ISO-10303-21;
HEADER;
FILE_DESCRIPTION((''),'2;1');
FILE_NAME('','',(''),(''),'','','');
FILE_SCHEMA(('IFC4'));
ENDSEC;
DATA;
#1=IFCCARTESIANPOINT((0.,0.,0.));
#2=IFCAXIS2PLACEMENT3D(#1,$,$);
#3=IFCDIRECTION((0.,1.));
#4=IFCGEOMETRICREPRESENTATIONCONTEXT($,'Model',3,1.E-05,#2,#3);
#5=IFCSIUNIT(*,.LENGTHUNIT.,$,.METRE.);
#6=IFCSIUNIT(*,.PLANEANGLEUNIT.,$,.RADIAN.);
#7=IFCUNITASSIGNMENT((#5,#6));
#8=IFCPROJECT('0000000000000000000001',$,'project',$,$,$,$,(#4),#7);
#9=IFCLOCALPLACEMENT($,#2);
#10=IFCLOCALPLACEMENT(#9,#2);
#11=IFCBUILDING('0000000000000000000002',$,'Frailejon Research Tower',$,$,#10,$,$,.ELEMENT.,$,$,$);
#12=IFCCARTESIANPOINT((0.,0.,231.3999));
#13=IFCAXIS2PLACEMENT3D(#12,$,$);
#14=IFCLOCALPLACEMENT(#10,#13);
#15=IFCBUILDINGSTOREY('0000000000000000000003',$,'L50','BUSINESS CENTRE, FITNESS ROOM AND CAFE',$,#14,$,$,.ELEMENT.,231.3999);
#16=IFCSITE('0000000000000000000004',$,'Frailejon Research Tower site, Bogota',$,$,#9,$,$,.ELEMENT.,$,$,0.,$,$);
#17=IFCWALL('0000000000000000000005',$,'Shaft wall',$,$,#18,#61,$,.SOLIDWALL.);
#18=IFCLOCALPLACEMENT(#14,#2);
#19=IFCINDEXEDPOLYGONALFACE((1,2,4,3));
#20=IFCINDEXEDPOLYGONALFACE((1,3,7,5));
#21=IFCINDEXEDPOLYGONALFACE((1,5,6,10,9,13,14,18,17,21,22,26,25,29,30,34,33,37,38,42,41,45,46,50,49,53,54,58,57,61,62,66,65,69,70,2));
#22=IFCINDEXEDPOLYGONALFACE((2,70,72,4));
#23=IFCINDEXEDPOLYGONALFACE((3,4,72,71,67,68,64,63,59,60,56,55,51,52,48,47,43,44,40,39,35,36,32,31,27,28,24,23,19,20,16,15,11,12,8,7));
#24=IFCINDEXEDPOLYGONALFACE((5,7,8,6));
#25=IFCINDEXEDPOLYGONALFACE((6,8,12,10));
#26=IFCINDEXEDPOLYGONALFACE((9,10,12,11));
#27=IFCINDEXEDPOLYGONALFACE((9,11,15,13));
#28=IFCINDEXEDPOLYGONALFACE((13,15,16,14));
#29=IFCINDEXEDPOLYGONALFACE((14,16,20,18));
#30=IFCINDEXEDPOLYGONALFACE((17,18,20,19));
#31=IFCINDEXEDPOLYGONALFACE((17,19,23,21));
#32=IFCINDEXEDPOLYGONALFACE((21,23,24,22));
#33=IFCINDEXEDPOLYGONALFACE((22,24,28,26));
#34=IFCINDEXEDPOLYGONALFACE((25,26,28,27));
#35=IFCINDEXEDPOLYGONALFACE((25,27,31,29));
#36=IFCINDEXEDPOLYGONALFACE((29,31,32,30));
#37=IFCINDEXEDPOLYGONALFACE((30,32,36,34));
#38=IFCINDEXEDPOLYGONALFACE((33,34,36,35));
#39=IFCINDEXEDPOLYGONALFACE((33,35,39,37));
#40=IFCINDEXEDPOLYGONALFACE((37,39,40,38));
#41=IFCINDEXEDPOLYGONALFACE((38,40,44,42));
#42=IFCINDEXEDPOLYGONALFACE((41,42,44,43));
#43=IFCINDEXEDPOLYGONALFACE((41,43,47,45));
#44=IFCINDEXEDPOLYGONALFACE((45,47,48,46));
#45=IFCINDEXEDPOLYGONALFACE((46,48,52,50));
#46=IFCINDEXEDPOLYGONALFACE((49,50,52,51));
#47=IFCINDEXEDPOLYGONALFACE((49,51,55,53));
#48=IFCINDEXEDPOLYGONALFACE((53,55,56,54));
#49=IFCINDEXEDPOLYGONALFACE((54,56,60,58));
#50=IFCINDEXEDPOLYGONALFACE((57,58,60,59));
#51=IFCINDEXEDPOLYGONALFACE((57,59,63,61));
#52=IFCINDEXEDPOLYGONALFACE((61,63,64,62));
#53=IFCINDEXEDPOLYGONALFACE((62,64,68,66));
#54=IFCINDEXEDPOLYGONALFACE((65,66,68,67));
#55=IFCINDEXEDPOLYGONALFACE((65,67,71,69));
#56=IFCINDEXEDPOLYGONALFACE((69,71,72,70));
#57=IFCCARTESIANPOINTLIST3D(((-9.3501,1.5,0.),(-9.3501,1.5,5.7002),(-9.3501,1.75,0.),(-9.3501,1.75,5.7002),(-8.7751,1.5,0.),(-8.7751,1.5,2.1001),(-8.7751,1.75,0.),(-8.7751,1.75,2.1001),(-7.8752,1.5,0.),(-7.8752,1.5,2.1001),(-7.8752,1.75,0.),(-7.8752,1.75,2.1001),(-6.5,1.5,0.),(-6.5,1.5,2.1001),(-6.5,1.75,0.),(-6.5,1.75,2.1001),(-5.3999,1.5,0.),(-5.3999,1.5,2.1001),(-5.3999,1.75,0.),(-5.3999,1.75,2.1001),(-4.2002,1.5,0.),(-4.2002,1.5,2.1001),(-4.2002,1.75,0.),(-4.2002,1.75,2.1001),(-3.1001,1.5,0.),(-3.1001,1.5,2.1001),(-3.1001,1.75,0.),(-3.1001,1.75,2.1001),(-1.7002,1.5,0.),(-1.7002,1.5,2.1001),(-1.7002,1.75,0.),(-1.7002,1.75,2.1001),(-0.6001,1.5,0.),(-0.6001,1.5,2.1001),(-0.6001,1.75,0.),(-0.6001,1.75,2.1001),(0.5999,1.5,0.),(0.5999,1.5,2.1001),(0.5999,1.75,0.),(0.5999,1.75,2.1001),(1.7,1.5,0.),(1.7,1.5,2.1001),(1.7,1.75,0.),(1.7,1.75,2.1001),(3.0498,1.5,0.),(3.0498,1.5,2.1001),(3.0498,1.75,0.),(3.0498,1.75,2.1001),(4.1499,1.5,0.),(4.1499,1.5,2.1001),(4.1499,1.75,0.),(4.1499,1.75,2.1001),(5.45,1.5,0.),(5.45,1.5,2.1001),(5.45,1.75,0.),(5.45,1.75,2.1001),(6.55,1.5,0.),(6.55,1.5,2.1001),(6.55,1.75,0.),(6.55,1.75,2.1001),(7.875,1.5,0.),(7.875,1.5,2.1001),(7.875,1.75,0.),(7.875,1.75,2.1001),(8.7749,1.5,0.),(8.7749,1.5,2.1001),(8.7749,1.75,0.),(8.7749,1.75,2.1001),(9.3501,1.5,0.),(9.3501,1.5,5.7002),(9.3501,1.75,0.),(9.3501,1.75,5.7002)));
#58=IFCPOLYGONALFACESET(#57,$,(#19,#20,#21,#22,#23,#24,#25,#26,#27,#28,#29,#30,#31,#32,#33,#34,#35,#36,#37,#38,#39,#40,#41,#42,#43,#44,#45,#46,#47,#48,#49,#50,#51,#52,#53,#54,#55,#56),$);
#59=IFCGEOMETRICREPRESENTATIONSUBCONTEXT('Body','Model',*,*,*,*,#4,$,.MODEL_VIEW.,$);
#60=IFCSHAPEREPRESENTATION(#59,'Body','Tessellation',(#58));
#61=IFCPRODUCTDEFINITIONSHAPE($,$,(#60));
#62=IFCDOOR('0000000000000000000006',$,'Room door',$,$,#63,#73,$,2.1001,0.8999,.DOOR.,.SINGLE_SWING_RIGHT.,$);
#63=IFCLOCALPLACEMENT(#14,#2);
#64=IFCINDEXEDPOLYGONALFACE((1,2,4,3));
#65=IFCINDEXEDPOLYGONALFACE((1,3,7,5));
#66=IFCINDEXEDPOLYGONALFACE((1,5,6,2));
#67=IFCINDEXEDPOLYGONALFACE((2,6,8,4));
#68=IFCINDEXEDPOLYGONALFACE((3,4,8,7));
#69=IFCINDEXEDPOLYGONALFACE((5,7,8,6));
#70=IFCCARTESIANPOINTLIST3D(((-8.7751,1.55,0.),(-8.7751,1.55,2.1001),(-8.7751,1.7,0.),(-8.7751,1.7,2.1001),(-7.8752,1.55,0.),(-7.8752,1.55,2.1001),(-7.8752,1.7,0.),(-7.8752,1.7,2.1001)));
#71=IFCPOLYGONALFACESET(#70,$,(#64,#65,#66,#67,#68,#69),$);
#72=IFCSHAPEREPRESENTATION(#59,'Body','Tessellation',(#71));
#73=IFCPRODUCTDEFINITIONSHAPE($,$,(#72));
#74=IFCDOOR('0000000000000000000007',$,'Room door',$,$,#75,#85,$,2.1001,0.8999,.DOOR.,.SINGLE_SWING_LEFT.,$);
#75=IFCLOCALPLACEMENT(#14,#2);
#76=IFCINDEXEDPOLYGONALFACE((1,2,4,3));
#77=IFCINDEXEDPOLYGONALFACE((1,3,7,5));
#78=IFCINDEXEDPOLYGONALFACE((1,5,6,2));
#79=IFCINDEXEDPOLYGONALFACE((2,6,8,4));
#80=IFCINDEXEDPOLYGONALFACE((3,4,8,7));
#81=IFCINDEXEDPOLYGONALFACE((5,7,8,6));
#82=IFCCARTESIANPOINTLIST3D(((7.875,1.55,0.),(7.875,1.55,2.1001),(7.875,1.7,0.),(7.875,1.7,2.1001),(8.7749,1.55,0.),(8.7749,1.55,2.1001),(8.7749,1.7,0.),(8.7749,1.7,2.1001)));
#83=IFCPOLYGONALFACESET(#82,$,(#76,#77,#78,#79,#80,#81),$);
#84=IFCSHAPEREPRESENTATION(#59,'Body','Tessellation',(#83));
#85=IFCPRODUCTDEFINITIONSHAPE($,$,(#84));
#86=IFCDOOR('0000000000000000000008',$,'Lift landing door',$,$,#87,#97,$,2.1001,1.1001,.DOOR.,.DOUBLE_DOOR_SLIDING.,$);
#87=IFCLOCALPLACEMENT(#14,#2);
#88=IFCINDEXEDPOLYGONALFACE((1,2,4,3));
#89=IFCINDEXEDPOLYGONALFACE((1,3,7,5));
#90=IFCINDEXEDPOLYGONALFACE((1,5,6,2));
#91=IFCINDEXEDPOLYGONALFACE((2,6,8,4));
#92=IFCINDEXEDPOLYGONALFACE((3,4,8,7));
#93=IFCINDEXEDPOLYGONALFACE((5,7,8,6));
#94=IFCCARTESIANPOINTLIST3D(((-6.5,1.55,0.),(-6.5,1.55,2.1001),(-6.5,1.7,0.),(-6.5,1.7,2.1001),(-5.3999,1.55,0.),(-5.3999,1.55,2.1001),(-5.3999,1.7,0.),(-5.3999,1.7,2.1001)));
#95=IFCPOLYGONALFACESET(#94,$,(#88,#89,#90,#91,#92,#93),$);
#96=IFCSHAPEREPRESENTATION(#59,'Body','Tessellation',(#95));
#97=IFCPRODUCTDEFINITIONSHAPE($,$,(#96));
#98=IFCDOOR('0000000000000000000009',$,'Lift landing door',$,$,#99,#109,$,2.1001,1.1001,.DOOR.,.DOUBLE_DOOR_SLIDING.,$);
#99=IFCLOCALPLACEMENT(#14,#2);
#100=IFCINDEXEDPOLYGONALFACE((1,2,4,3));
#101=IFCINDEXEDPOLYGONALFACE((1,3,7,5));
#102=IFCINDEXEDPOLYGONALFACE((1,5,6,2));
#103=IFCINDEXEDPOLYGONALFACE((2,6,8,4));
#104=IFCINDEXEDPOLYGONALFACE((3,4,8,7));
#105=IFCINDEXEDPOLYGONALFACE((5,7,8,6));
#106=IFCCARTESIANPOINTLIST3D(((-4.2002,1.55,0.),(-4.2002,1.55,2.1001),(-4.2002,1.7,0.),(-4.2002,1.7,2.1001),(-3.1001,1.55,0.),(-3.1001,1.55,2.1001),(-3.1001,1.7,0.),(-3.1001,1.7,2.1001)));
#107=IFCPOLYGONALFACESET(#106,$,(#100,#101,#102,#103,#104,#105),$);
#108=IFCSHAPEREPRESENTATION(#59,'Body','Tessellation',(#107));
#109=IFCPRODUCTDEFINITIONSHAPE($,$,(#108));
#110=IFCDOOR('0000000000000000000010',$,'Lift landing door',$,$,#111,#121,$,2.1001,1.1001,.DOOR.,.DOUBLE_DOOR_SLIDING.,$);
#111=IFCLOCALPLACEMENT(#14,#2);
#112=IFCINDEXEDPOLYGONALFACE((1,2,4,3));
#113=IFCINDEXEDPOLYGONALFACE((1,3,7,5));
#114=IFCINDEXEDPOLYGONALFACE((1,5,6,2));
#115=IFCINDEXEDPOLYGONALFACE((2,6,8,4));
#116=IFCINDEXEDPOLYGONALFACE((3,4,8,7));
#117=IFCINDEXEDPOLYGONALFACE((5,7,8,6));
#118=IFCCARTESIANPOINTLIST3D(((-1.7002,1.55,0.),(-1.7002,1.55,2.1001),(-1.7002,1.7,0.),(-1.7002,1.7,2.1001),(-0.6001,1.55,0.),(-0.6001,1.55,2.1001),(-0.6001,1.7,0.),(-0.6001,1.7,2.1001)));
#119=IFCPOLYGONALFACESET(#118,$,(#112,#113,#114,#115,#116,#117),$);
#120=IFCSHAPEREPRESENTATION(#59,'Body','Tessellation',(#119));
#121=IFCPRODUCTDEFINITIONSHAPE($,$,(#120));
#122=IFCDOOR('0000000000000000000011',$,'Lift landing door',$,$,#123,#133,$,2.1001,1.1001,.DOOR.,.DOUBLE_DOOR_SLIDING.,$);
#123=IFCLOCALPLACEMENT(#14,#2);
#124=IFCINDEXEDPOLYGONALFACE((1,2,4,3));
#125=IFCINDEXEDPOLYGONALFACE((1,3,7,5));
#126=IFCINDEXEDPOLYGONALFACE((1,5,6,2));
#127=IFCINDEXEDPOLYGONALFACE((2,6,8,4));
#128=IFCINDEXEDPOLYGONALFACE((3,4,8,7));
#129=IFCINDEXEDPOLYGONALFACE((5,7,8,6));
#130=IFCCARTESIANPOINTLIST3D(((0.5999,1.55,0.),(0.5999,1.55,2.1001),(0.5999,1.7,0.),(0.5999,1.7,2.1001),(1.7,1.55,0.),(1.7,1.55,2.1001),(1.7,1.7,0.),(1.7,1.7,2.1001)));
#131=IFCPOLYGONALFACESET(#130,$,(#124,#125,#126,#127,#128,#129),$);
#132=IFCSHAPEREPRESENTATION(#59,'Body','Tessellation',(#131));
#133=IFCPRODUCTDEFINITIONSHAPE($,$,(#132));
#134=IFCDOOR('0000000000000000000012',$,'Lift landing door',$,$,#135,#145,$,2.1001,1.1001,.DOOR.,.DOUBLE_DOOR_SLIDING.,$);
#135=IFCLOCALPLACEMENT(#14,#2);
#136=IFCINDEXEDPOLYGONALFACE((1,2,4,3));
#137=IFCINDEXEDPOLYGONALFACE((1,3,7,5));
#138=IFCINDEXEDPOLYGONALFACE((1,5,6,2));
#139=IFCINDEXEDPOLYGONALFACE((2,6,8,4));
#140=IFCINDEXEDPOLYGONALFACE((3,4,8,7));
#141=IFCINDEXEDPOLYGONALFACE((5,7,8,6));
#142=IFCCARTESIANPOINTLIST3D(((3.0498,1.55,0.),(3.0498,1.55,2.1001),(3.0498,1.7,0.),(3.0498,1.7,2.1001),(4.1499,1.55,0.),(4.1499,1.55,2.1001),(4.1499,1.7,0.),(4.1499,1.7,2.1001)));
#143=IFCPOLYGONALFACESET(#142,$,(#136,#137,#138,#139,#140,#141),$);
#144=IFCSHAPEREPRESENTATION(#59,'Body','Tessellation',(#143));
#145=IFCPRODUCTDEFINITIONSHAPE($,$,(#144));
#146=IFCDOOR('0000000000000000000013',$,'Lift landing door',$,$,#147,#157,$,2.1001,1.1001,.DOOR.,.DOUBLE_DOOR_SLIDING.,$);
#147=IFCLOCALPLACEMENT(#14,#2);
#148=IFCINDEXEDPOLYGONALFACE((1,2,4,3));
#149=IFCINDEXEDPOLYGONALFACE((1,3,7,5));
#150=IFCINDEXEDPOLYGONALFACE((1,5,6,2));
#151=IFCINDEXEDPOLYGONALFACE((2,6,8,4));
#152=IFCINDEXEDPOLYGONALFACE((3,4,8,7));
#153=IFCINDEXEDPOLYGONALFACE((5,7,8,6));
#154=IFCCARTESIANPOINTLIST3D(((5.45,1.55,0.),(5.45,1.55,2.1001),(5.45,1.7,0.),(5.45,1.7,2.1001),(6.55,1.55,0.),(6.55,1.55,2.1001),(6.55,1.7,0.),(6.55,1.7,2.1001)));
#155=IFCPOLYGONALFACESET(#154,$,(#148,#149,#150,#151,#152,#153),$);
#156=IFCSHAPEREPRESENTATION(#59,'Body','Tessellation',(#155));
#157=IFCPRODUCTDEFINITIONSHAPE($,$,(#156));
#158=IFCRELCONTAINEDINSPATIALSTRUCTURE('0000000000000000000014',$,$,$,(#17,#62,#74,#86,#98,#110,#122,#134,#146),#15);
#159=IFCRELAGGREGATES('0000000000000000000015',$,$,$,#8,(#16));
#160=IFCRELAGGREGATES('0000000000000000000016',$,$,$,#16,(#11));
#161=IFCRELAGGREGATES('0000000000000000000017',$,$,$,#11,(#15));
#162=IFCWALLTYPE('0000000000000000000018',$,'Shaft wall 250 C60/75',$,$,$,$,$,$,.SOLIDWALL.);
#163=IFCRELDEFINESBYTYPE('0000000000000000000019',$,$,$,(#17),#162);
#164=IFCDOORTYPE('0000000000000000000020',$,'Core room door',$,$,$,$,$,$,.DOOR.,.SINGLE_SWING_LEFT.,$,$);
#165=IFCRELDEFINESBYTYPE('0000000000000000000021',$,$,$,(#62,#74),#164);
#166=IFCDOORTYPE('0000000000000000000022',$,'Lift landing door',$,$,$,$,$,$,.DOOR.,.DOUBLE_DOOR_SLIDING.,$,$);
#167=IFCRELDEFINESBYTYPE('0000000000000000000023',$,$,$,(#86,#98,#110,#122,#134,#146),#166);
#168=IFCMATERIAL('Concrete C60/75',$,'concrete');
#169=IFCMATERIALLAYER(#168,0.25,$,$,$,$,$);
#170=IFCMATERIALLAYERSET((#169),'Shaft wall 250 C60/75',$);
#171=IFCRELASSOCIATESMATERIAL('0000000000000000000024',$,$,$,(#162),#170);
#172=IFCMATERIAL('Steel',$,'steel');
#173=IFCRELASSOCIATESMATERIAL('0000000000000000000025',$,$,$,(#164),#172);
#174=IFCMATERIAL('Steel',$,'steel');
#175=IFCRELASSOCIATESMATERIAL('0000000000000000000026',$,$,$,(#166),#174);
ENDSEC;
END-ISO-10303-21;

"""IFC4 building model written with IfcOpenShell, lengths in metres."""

from ifc_helpers import new_model, si_unit, direction, frame, frame_2d, origin, place, context, subcontext, project, spatial, rectangle, extrude, material, layer, layer_set, type_object, element, fill, save


model = new_model("IFC4")

# Units and contexts
model_context = context("Model", 3, precision=1e-05, world=origin(), true_north=direction((0.0, 1.0)))
body_context = subcontext(model_context, "Body", "Model", "MODEL_VIEW")
ifc_project = project(units=[si_unit("LENGTHUNIT", "METRE"), si_unit("PLANEANGLEUNIT", "RADIAN")], contexts=[model_context])

# Site, building, storey
site_placement = place(None, origin())
site = spatial("IfcSite", under=ifc_project, at=site_placement, Name="Frailejon Research Tower site, Bogota", CompositionType="ELEMENT", RefElevation=0.0)
building_placement = place(site_placement, origin())
building = spatial("IfcBuilding", under=site, at=building_placement, Name="Frailejon Research Tower", CompositionType="ELEMENT")
storey_placement = place(building_placement, frame((0.0, 0.0, 231.3999)))
storey = spatial("IfcBuildingStorey", under=building, at=storey_placement, Name="L50", Description="BUSINESS CENTRE, FITNESS ROOM AND CAFE", CompositionType="ELEMENT", Elevation=231.3999)

# Wall, openings, doors
ifc_material_1 = material(Name="Concrete C60/75", Category="concrete")
ifc_layer_1 = layer(ifc_material_1, 0.25)
ifc_layer_set_1 = layer_set([ifc_layer_1], Name="Shaft wall 250 C60/75")
wall_type_1 = type_object("IfcWallType", Name="Shaft wall 250 C60/75", PredefinedType="SOLIDWALL", material=ifc_layer_set_1)
ifc_material_2 = material(Name="Steel", Category="steel")
door_type_1 = type_object("IfcDoorType", Name="Core room door", OperationType="SINGLE_SWING_LEFT", PredefinedType="DOOR", material=ifc_material_2)
wall_1_placement = place(storey_placement, frame((-9.3501, 1.625, 0.0), z_axis=(0.0, 0.0, 1.0), x_axis=(1.0, 0.0, 0.0)))
wall_1 = element("IfcWall", 1, at=wall_1_placement, inside=storey, type_object=wall_type_1, Name="Shaft wall", PredefinedType="SOLIDWALL", context=body_context, shape_type="SweptSolid", body=[
    extrude(rectangle(XDim=18.7002, YDim=0.25, at=frame_2d((9.3501, 0.0))), origin(), (0.0, 0.0, 1.0), 5.7002),
])
opening_1_placement = place(wall_1_placement, frame((2.8501, 0.0, 0.0)))
opening_1 = element("IfcOpeningElement", 2, at=opening_1_placement, cuts=wall_1, PredefinedType="OPENING", context=body_context, shape_type="SweptSolid", body=[
    extrude(rectangle(XDim=1.1001, YDim=2.1001, at=frame_2d((0.55, 1.05))), frame((0.0, 0.135, 0.0), z_axis=(0.0, -1.0, 0.0), x_axis=(1.0, 0.0, 0.0)), (0.0, 0.0, 1.0), 0.27),
])
opening_2_placement = place(wall_1_placement, frame((5.1499, 0.0, 0.0)))
opening_2 = element("IfcOpeningElement", 3, at=opening_2_placement, cuts=wall_1, PredefinedType="OPENING", context=body_context, shape_type="SweptSolid", body=[
    extrude(rectangle(XDim=1.1001, YDim=2.1001, at=frame_2d((0.55, 1.05))), frame((0.0, 0.135, 0.0), z_axis=(0.0, -1.0, 0.0), x_axis=(1.0, 0.0, 0.0)), (0.0, 0.0, 1.0), 0.27),
])
opening_3_placement = place(wall_1_placement, frame((7.6499, 0.0, 0.0)))
opening_3 = element("IfcOpeningElement", 4, at=opening_3_placement, cuts=wall_1, PredefinedType="OPENING", context=body_context, shape_type="SweptSolid", body=[
    extrude(rectangle(XDim=1.1001, YDim=2.1001, at=frame_2d((0.55, 1.05))), frame((0.0, 0.135, 0.0), z_axis=(0.0, -1.0, 0.0), x_axis=(1.0, 0.0, 0.0)), (0.0, 0.0, 1.0), 0.27),
])
opening_4_placement = place(wall_1_placement, frame((9.95, 0.0, 0.0)))
opening_4 = element("IfcOpeningElement", 5, at=opening_4_placement, cuts=wall_1, PredefinedType="OPENING", context=body_context, shape_type="SweptSolid", body=[
    extrude(rectangle(XDim=1.1001, YDim=2.1001, at=frame_2d((0.55, 1.05))), frame((0.0, 0.135, 0.0), z_axis=(0.0, -1.0, 0.0), x_axis=(1.0, 0.0, 0.0)), (0.0, 0.0, 1.0), 0.27),
])
opening_5_placement = place(wall_1_placement, frame((12.3999, 0.0, 0.0)))
opening_5 = element("IfcOpeningElement", 6, at=opening_5_placement, cuts=wall_1, PredefinedType="OPENING", context=body_context, shape_type="SweptSolid", body=[
    extrude(rectangle(XDim=1.1001, YDim=2.1001, at=frame_2d((0.55, 1.05))), frame((0.0, 0.135, 0.0), z_axis=(0.0, -1.0, 0.0), x_axis=(1.0, 0.0, 0.0)), (0.0, 0.0, 1.0), 0.27),
])
opening_6_placement = place(wall_1_placement, frame((14.8, 0.0, 0.0)))
opening_6 = element("IfcOpeningElement", 7, at=opening_6_placement, cuts=wall_1, PredefinedType="OPENING", context=body_context, shape_type="SweptSolid", body=[
    extrude(rectangle(XDim=1.1001, YDim=2.1001, at=frame_2d((0.55, 1.05))), frame((0.0, 0.135, 0.0), z_axis=(0.0, -1.0, 0.0), x_axis=(1.0, 0.0, 0.0)), (0.0, 0.0, 1.0), 0.27),
])
opening_7_placement = place(wall_1_placement, frame((0.575, 0.0, 0.0)))
opening_7 = element("IfcOpeningElement", 8, at=opening_7_placement, cuts=wall_1, PredefinedType="OPENING", context=body_context, shape_type="SweptSolid", body=[
    extrude(rectangle(XDim=0.8999, YDim=2.1001, at=frame_2d((0.45, 1.05))), frame((0.0, 0.135, 0.0), z_axis=(0.0, -1.0, 0.0), x_axis=(1.0, 0.0, 0.0)), (0.0, 0.0, 1.0), 0.27),
])
opening_8_placement = place(wall_1_placement, frame((17.2251, 0.0, 0.0)))
opening_8 = element("IfcOpeningElement", 9, at=opening_8_placement, cuts=wall_1, PredefinedType="OPENING", context=body_context, shape_type="SweptSolid", body=[
    extrude(rectangle(XDim=0.8999, YDim=2.1001, at=frame_2d((0.45, 1.05))), frame((0.0, 0.135, 0.0), z_axis=(0.0, -1.0, 0.0), x_axis=(1.0, 0.0, 0.0)), (0.0, 0.0, 1.0), 0.27),
])
door_1_placement = place(opening_7_placement, origin())
door_1 = element("IfcDoor", 10, at=door_1_placement, inside=storey, type_object=door_type_1, Name="Room door", OperationType="SINGLE_SWING_RIGHT", OverallHeight=2.1001, OverallWidth=0.8999, PredefinedType="DOOR", context=body_context, shape_type="SweptSolid", body=[
    extrude(rectangle(XDim=0.8999, YDim=2.1001, at=frame_2d((0.45, 1.05))), frame((0.0, 0.075, 0.0), z_axis=(0.0, -1.0, 0.0), x_axis=(1.0, 0.0, 0.0)), (0.0, 0.0, 1.0), 0.1499),
])
fill(opening_7, door_1)
door_2_placement = place(opening_8_placement, origin())
door_2 = element("IfcDoor", 11, at=door_2_placement, inside=storey, type_object=door_type_1, Name="Room door", OperationType="SINGLE_SWING_LEFT", OverallHeight=2.1001, OverallWidth=0.8999, PredefinedType="DOOR", context=body_context, shape_type="SweptSolid", body=[
    extrude(rectangle(XDim=0.8999, YDim=2.1001, at=frame_2d((0.45, 1.05))), frame((0.0, 0.075, 0.0), z_axis=(0.0, -1.0, 0.0), x_axis=(1.0, 0.0, 0.0)), (0.0, 0.0, 1.0), 0.1499),
])
fill(opening_8, door_2)
ifc_material_3 = material(Name="Steel", Category="steel")
door_type_2 = type_object("IfcDoorType", Name="Lift landing door", OperationType="DOUBLE_DOOR_SLIDING", PredefinedType="DOOR", material=ifc_material_3)
door_3_placement = place(opening_1_placement, origin())
door_3 = element("IfcDoor", 12, at=door_3_placement, inside=storey, type_object=door_type_2, Name="Lift landing door", OperationType="DOUBLE_DOOR_SLIDING", OverallHeight=2.1001, OverallWidth=1.1001, PredefinedType="DOOR", context=body_context, shape_type="SweptSolid", body=[
    extrude(rectangle(XDim=1.1001, YDim=2.1001, at=frame_2d((0.55, 1.05))), frame((0.0, 0.075, 0.0), z_axis=(0.0, -1.0, 0.0), x_axis=(1.0, 0.0, 0.0)), (0.0, 0.0, 1.0), 0.1499),
])
fill(opening_1, door_3)
door_4_placement = place(opening_2_placement, origin())
door_4 = element("IfcDoor", 13, at=door_4_placement, inside=storey, type_object=door_type_2, Name="Lift landing door", OperationType="DOUBLE_DOOR_SLIDING", OverallHeight=2.1001, OverallWidth=1.1001, PredefinedType="DOOR", context=body_context, shape_type="SweptSolid", body=[
    extrude(rectangle(XDim=1.1001, YDim=2.1001, at=frame_2d((0.55, 1.05))), frame((0.0, 0.075, 0.0), z_axis=(0.0, -1.0, 0.0), x_axis=(1.0, 0.0, 0.0)), (0.0, 0.0, 1.0), 0.1499),
])
fill(opening_2, door_4)
door_5_placement = place(opening_3_placement, origin())
door_5 = element("IfcDoor", 14, at=door_5_placement, inside=storey, type_object=door_type_2, Name="Lift landing door", OperationType="DOUBLE_DOOR_SLIDING", OverallHeight=2.1001, OverallWidth=1.1001, PredefinedType="DOOR", context=body_context, shape_type="SweptSolid", body=[
    extrude(rectangle(XDim=1.1001, YDim=2.1001, at=frame_2d((0.55, 1.05))), frame((0.0, 0.075, 0.0), z_axis=(0.0, -1.0, 0.0), x_axis=(1.0, 0.0, 0.0)), (0.0, 0.0, 1.0), 0.1499),
])
fill(opening_3, door_5)
door_6_placement = place(opening_4_placement, origin())
door_6 = element("IfcDoor", 15, at=door_6_placement, inside=storey, type_object=door_type_2, Name="Lift landing door", OperationType="DOUBLE_DOOR_SLIDING", OverallHeight=2.1001, OverallWidth=1.1001, PredefinedType="DOOR", context=body_context, shape_type="SweptSolid", body=[
    extrude(rectangle(XDim=1.1001, YDim=2.1001, at=frame_2d((0.55, 1.05))), frame((0.0, 0.075, 0.0), z_axis=(0.0, -1.0, 0.0), x_axis=(1.0, 0.0, 0.0)), (0.0, 0.0, 1.0), 0.1499),
])
fill(opening_4, door_6)
door_7_placement = place(opening_5_placement, origin())
door_7 = element("IfcDoor", 16, at=door_7_placement, inside=storey, type_object=door_type_2, Name="Lift landing door", OperationType="DOUBLE_DOOR_SLIDING", OverallHeight=2.1001, OverallWidth=1.1001, PredefinedType="DOOR", context=body_context, shape_type="SweptSolid", body=[
    extrude(rectangle(XDim=1.1001, YDim=2.1001, at=frame_2d((0.55, 1.05))), frame((0.0, 0.075, 0.0), z_axis=(0.0, -1.0, 0.0), x_axis=(1.0, 0.0, 0.0)), (0.0, 0.0, 1.0), 0.1499),
])
fill(opening_5, door_7)
door_8_placement = place(opening_6_placement, origin())
door_8 = element("IfcDoor", 17, at=door_8_placement, inside=storey, type_object=door_type_2, Name="Lift landing door", OperationType="DOUBLE_DOOR_SLIDING", OverallHeight=2.1001, OverallWidth=1.1001, PredefinedType="DOOR", context=body_context, shape_type="SweptSolid", body=[
    extrude(rectangle(XDim=1.1001, YDim=2.1001, at=frame_2d((0.55, 1.05))), frame((0.0, 0.075, 0.0), z_axis=(0.0, -1.0, 0.0), x_axis=(1.0, 0.0, 0.0)), (0.0, 0.0, 1.0), 0.1499),
])
fill(opening_6, door_8)

save(model, "model.ifc")
